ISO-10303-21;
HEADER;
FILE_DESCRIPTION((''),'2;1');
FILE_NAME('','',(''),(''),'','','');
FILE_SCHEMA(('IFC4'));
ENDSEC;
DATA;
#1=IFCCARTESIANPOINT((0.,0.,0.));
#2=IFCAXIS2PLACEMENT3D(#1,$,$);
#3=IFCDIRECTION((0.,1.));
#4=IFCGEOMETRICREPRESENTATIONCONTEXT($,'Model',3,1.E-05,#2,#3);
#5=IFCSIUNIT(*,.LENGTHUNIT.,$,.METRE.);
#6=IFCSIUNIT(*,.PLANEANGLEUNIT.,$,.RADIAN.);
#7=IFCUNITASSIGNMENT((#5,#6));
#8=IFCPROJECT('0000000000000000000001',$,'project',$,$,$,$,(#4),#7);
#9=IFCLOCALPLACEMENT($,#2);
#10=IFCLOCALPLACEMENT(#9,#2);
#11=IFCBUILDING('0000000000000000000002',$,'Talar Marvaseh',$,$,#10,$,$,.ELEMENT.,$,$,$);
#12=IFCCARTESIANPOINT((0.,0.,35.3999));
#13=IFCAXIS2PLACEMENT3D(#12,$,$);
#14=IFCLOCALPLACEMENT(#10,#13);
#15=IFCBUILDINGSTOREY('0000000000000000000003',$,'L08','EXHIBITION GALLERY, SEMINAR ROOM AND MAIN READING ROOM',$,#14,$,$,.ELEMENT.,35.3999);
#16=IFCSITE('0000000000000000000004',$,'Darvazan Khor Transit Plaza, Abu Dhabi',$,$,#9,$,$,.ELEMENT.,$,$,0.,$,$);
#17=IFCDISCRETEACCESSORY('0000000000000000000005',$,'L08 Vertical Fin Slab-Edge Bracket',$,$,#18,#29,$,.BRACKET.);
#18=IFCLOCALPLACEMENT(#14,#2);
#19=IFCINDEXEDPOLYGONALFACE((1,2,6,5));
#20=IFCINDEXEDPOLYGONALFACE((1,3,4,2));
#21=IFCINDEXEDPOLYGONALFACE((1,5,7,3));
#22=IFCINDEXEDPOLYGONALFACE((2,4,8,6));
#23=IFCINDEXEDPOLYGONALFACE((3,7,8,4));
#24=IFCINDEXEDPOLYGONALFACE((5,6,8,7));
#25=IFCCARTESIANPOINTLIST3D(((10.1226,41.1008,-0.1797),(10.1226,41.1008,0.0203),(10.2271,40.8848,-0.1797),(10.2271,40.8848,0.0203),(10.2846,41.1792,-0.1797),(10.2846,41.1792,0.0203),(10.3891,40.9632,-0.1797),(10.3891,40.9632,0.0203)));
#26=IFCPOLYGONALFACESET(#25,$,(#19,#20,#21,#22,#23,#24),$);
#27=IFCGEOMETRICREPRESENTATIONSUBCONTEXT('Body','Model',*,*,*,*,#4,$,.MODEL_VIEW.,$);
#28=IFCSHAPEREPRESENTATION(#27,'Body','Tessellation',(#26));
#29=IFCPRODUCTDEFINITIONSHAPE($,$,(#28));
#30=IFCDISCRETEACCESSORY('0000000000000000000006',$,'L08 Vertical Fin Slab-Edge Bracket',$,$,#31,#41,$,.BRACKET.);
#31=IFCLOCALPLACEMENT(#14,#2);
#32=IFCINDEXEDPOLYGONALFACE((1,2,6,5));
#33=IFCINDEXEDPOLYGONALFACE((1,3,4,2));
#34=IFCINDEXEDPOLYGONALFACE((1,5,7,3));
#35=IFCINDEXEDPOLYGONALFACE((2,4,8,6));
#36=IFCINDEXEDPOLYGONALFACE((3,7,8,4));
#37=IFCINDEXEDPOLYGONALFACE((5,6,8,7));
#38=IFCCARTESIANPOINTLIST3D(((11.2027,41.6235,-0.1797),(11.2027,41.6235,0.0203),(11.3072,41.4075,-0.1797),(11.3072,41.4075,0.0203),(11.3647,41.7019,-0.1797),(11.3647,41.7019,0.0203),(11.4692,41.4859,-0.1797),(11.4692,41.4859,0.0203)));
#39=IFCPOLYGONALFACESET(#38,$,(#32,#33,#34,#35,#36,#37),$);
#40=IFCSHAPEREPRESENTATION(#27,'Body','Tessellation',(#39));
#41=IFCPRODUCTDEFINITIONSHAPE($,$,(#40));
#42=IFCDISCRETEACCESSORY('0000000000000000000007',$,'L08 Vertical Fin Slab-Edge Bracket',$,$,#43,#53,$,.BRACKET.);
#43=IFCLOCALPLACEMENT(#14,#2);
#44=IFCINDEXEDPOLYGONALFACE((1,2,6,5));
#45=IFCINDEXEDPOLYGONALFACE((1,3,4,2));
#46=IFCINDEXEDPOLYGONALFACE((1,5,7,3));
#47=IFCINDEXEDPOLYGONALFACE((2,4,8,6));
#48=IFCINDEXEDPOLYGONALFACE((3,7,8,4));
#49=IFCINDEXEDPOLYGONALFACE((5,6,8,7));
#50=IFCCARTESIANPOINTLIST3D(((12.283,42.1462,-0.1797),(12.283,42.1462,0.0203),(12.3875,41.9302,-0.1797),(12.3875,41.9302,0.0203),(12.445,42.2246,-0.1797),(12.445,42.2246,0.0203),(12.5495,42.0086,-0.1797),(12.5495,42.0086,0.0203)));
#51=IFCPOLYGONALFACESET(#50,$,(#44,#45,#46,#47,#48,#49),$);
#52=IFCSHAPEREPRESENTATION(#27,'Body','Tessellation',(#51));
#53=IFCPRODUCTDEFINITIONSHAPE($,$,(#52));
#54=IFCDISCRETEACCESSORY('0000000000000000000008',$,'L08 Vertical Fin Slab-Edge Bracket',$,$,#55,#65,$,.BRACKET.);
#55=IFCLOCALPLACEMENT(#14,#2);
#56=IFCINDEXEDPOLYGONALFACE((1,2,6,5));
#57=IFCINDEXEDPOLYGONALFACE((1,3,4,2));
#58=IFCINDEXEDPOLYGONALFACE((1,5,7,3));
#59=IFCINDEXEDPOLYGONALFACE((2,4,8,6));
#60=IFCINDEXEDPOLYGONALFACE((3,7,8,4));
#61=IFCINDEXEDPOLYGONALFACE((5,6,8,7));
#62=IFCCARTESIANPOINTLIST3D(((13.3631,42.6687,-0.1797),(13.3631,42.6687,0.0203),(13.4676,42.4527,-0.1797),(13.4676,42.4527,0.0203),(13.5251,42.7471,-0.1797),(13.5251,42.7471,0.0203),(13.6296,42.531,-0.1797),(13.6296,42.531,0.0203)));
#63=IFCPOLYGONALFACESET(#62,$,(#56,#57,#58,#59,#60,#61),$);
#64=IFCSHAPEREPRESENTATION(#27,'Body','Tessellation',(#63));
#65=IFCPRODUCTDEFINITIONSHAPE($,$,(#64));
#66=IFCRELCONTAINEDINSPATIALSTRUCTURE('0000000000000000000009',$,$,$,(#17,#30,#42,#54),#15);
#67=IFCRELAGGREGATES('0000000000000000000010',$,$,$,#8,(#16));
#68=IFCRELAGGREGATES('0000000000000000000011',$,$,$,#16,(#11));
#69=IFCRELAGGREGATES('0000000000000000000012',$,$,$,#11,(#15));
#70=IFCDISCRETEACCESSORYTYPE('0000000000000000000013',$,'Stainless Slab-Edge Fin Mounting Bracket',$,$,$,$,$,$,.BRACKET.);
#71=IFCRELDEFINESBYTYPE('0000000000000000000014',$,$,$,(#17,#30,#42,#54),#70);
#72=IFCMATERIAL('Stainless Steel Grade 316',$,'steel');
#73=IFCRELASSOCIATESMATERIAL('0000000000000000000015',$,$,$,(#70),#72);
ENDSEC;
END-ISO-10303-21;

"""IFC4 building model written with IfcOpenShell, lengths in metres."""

from ifc_helpers import new_model, si_unit, direction, frame, origin, origin_2d, place, context, subcontext, project, spatial, rectangle, extrude, source, transform, mapped, material, type_object, type_shapes, element, save


model = new_model("IFC4")

# Units and contexts
model_context = context("Model", 3, precision=1e-05, world=origin(), true_north=direction((0.0, 1.0)))
body_context = subcontext(model_context, "Body", "Model", "MODEL_VIEW")
ifc_project = project(units=[si_unit("LENGTHUNIT", "METRE"), si_unit("PLANEANGLEUNIT", "RADIAN")], contexts=[model_context])

# Site, building, storey
site_placement = place(None, origin())
site = spatial("IfcSite", under=ifc_project, at=site_placement, Name="Darvazan Khor Transit Plaza, Abu Dhabi", CompositionType="ELEMENT", RefElevation=0.0)
building_placement = place(site_placement, origin())
building = spatial("IfcBuilding", under=site, at=building_placement, Name="Talar Marvaseh", CompositionType="ELEMENT")
storey_placement = place(building_placement, frame((0.0, 0.0, 35.3999)))
storey = spatial("IfcBuildingStorey", under=building, at=storey_placement, Name="L08", Description="EXHIBITION GALLERY, SEMINAR ROOM AND MAIN READING ROOM", CompositionType="ELEMENT", Elevation=35.3999)

# Discrete accessories
ifc_material_1 = material(Name="Stainless Steel Grade 316", Category="steel")
discrete_accessory_type = type_object("IfcDiscreteAccessoryType", Name="Stainless Slab-Edge Fin Mounting Bracket", PredefinedType="BRACKET", material=ifc_material_1)
shared_shape_1 = source(origin(), body_context, "Body", "SweptSolid", [
    extrude(rectangle(XDim=0.24, YDim=0.1799, at=origin_2d()), origin(), (0.0, 0.0, 1.0), 0.2),
])
type_shapes(discrete_accessory_type, [shared_shape_1])
for number, where, z_axis, x_axis, name in (
    (1, (10.2559, 41.032, -0.1797), (0.0, 0.0, 1.0), (-0.435545, 0.900167, 0.0), "L08 Vertical Fin Slab-Edge Bracket"),
    (2, (11.3359, 41.5547, -0.1797), (0.0, 0.0, 1.0), (-0.435545, 0.900167, 0.0), "L08 Vertical Fin Slab-Edge Bracket"),
    (3, (12.4163, 42.0774, -0.1797), (0.0, 0.0, 1.0), (-0.435545, 0.900167, 0.0), "L08 Vertical Fin Slab-Edge Bracket"),
    (4, (13.4963, 42.5999, -0.1797), (0.0, 0.0, 1.0), (-0.435545, 0.900167, 0.0), "L08 Vertical Fin Slab-Edge Bracket"),
):
    element("IfcDiscreteAccessory", number, at=place(storey_placement, frame(where, z_axis=z_axis, x_axis=x_axis)), inside=storey, type_object=discrete_accessory_type, Name=name, PredefinedType="BRACKET", context=body_context, shape_type="MappedRepresentation", body=[
        mapped(shared_shape_1, transform((0.0, 0.0, 0.0), x_axis=(1.0, 0.0, 0.0), y_axis=(0.0, 1.0, 0.0), z_axis=(0.0, 0.0, 1.0), scale=1.0)),
    ])

save(model, "model.ifc")
